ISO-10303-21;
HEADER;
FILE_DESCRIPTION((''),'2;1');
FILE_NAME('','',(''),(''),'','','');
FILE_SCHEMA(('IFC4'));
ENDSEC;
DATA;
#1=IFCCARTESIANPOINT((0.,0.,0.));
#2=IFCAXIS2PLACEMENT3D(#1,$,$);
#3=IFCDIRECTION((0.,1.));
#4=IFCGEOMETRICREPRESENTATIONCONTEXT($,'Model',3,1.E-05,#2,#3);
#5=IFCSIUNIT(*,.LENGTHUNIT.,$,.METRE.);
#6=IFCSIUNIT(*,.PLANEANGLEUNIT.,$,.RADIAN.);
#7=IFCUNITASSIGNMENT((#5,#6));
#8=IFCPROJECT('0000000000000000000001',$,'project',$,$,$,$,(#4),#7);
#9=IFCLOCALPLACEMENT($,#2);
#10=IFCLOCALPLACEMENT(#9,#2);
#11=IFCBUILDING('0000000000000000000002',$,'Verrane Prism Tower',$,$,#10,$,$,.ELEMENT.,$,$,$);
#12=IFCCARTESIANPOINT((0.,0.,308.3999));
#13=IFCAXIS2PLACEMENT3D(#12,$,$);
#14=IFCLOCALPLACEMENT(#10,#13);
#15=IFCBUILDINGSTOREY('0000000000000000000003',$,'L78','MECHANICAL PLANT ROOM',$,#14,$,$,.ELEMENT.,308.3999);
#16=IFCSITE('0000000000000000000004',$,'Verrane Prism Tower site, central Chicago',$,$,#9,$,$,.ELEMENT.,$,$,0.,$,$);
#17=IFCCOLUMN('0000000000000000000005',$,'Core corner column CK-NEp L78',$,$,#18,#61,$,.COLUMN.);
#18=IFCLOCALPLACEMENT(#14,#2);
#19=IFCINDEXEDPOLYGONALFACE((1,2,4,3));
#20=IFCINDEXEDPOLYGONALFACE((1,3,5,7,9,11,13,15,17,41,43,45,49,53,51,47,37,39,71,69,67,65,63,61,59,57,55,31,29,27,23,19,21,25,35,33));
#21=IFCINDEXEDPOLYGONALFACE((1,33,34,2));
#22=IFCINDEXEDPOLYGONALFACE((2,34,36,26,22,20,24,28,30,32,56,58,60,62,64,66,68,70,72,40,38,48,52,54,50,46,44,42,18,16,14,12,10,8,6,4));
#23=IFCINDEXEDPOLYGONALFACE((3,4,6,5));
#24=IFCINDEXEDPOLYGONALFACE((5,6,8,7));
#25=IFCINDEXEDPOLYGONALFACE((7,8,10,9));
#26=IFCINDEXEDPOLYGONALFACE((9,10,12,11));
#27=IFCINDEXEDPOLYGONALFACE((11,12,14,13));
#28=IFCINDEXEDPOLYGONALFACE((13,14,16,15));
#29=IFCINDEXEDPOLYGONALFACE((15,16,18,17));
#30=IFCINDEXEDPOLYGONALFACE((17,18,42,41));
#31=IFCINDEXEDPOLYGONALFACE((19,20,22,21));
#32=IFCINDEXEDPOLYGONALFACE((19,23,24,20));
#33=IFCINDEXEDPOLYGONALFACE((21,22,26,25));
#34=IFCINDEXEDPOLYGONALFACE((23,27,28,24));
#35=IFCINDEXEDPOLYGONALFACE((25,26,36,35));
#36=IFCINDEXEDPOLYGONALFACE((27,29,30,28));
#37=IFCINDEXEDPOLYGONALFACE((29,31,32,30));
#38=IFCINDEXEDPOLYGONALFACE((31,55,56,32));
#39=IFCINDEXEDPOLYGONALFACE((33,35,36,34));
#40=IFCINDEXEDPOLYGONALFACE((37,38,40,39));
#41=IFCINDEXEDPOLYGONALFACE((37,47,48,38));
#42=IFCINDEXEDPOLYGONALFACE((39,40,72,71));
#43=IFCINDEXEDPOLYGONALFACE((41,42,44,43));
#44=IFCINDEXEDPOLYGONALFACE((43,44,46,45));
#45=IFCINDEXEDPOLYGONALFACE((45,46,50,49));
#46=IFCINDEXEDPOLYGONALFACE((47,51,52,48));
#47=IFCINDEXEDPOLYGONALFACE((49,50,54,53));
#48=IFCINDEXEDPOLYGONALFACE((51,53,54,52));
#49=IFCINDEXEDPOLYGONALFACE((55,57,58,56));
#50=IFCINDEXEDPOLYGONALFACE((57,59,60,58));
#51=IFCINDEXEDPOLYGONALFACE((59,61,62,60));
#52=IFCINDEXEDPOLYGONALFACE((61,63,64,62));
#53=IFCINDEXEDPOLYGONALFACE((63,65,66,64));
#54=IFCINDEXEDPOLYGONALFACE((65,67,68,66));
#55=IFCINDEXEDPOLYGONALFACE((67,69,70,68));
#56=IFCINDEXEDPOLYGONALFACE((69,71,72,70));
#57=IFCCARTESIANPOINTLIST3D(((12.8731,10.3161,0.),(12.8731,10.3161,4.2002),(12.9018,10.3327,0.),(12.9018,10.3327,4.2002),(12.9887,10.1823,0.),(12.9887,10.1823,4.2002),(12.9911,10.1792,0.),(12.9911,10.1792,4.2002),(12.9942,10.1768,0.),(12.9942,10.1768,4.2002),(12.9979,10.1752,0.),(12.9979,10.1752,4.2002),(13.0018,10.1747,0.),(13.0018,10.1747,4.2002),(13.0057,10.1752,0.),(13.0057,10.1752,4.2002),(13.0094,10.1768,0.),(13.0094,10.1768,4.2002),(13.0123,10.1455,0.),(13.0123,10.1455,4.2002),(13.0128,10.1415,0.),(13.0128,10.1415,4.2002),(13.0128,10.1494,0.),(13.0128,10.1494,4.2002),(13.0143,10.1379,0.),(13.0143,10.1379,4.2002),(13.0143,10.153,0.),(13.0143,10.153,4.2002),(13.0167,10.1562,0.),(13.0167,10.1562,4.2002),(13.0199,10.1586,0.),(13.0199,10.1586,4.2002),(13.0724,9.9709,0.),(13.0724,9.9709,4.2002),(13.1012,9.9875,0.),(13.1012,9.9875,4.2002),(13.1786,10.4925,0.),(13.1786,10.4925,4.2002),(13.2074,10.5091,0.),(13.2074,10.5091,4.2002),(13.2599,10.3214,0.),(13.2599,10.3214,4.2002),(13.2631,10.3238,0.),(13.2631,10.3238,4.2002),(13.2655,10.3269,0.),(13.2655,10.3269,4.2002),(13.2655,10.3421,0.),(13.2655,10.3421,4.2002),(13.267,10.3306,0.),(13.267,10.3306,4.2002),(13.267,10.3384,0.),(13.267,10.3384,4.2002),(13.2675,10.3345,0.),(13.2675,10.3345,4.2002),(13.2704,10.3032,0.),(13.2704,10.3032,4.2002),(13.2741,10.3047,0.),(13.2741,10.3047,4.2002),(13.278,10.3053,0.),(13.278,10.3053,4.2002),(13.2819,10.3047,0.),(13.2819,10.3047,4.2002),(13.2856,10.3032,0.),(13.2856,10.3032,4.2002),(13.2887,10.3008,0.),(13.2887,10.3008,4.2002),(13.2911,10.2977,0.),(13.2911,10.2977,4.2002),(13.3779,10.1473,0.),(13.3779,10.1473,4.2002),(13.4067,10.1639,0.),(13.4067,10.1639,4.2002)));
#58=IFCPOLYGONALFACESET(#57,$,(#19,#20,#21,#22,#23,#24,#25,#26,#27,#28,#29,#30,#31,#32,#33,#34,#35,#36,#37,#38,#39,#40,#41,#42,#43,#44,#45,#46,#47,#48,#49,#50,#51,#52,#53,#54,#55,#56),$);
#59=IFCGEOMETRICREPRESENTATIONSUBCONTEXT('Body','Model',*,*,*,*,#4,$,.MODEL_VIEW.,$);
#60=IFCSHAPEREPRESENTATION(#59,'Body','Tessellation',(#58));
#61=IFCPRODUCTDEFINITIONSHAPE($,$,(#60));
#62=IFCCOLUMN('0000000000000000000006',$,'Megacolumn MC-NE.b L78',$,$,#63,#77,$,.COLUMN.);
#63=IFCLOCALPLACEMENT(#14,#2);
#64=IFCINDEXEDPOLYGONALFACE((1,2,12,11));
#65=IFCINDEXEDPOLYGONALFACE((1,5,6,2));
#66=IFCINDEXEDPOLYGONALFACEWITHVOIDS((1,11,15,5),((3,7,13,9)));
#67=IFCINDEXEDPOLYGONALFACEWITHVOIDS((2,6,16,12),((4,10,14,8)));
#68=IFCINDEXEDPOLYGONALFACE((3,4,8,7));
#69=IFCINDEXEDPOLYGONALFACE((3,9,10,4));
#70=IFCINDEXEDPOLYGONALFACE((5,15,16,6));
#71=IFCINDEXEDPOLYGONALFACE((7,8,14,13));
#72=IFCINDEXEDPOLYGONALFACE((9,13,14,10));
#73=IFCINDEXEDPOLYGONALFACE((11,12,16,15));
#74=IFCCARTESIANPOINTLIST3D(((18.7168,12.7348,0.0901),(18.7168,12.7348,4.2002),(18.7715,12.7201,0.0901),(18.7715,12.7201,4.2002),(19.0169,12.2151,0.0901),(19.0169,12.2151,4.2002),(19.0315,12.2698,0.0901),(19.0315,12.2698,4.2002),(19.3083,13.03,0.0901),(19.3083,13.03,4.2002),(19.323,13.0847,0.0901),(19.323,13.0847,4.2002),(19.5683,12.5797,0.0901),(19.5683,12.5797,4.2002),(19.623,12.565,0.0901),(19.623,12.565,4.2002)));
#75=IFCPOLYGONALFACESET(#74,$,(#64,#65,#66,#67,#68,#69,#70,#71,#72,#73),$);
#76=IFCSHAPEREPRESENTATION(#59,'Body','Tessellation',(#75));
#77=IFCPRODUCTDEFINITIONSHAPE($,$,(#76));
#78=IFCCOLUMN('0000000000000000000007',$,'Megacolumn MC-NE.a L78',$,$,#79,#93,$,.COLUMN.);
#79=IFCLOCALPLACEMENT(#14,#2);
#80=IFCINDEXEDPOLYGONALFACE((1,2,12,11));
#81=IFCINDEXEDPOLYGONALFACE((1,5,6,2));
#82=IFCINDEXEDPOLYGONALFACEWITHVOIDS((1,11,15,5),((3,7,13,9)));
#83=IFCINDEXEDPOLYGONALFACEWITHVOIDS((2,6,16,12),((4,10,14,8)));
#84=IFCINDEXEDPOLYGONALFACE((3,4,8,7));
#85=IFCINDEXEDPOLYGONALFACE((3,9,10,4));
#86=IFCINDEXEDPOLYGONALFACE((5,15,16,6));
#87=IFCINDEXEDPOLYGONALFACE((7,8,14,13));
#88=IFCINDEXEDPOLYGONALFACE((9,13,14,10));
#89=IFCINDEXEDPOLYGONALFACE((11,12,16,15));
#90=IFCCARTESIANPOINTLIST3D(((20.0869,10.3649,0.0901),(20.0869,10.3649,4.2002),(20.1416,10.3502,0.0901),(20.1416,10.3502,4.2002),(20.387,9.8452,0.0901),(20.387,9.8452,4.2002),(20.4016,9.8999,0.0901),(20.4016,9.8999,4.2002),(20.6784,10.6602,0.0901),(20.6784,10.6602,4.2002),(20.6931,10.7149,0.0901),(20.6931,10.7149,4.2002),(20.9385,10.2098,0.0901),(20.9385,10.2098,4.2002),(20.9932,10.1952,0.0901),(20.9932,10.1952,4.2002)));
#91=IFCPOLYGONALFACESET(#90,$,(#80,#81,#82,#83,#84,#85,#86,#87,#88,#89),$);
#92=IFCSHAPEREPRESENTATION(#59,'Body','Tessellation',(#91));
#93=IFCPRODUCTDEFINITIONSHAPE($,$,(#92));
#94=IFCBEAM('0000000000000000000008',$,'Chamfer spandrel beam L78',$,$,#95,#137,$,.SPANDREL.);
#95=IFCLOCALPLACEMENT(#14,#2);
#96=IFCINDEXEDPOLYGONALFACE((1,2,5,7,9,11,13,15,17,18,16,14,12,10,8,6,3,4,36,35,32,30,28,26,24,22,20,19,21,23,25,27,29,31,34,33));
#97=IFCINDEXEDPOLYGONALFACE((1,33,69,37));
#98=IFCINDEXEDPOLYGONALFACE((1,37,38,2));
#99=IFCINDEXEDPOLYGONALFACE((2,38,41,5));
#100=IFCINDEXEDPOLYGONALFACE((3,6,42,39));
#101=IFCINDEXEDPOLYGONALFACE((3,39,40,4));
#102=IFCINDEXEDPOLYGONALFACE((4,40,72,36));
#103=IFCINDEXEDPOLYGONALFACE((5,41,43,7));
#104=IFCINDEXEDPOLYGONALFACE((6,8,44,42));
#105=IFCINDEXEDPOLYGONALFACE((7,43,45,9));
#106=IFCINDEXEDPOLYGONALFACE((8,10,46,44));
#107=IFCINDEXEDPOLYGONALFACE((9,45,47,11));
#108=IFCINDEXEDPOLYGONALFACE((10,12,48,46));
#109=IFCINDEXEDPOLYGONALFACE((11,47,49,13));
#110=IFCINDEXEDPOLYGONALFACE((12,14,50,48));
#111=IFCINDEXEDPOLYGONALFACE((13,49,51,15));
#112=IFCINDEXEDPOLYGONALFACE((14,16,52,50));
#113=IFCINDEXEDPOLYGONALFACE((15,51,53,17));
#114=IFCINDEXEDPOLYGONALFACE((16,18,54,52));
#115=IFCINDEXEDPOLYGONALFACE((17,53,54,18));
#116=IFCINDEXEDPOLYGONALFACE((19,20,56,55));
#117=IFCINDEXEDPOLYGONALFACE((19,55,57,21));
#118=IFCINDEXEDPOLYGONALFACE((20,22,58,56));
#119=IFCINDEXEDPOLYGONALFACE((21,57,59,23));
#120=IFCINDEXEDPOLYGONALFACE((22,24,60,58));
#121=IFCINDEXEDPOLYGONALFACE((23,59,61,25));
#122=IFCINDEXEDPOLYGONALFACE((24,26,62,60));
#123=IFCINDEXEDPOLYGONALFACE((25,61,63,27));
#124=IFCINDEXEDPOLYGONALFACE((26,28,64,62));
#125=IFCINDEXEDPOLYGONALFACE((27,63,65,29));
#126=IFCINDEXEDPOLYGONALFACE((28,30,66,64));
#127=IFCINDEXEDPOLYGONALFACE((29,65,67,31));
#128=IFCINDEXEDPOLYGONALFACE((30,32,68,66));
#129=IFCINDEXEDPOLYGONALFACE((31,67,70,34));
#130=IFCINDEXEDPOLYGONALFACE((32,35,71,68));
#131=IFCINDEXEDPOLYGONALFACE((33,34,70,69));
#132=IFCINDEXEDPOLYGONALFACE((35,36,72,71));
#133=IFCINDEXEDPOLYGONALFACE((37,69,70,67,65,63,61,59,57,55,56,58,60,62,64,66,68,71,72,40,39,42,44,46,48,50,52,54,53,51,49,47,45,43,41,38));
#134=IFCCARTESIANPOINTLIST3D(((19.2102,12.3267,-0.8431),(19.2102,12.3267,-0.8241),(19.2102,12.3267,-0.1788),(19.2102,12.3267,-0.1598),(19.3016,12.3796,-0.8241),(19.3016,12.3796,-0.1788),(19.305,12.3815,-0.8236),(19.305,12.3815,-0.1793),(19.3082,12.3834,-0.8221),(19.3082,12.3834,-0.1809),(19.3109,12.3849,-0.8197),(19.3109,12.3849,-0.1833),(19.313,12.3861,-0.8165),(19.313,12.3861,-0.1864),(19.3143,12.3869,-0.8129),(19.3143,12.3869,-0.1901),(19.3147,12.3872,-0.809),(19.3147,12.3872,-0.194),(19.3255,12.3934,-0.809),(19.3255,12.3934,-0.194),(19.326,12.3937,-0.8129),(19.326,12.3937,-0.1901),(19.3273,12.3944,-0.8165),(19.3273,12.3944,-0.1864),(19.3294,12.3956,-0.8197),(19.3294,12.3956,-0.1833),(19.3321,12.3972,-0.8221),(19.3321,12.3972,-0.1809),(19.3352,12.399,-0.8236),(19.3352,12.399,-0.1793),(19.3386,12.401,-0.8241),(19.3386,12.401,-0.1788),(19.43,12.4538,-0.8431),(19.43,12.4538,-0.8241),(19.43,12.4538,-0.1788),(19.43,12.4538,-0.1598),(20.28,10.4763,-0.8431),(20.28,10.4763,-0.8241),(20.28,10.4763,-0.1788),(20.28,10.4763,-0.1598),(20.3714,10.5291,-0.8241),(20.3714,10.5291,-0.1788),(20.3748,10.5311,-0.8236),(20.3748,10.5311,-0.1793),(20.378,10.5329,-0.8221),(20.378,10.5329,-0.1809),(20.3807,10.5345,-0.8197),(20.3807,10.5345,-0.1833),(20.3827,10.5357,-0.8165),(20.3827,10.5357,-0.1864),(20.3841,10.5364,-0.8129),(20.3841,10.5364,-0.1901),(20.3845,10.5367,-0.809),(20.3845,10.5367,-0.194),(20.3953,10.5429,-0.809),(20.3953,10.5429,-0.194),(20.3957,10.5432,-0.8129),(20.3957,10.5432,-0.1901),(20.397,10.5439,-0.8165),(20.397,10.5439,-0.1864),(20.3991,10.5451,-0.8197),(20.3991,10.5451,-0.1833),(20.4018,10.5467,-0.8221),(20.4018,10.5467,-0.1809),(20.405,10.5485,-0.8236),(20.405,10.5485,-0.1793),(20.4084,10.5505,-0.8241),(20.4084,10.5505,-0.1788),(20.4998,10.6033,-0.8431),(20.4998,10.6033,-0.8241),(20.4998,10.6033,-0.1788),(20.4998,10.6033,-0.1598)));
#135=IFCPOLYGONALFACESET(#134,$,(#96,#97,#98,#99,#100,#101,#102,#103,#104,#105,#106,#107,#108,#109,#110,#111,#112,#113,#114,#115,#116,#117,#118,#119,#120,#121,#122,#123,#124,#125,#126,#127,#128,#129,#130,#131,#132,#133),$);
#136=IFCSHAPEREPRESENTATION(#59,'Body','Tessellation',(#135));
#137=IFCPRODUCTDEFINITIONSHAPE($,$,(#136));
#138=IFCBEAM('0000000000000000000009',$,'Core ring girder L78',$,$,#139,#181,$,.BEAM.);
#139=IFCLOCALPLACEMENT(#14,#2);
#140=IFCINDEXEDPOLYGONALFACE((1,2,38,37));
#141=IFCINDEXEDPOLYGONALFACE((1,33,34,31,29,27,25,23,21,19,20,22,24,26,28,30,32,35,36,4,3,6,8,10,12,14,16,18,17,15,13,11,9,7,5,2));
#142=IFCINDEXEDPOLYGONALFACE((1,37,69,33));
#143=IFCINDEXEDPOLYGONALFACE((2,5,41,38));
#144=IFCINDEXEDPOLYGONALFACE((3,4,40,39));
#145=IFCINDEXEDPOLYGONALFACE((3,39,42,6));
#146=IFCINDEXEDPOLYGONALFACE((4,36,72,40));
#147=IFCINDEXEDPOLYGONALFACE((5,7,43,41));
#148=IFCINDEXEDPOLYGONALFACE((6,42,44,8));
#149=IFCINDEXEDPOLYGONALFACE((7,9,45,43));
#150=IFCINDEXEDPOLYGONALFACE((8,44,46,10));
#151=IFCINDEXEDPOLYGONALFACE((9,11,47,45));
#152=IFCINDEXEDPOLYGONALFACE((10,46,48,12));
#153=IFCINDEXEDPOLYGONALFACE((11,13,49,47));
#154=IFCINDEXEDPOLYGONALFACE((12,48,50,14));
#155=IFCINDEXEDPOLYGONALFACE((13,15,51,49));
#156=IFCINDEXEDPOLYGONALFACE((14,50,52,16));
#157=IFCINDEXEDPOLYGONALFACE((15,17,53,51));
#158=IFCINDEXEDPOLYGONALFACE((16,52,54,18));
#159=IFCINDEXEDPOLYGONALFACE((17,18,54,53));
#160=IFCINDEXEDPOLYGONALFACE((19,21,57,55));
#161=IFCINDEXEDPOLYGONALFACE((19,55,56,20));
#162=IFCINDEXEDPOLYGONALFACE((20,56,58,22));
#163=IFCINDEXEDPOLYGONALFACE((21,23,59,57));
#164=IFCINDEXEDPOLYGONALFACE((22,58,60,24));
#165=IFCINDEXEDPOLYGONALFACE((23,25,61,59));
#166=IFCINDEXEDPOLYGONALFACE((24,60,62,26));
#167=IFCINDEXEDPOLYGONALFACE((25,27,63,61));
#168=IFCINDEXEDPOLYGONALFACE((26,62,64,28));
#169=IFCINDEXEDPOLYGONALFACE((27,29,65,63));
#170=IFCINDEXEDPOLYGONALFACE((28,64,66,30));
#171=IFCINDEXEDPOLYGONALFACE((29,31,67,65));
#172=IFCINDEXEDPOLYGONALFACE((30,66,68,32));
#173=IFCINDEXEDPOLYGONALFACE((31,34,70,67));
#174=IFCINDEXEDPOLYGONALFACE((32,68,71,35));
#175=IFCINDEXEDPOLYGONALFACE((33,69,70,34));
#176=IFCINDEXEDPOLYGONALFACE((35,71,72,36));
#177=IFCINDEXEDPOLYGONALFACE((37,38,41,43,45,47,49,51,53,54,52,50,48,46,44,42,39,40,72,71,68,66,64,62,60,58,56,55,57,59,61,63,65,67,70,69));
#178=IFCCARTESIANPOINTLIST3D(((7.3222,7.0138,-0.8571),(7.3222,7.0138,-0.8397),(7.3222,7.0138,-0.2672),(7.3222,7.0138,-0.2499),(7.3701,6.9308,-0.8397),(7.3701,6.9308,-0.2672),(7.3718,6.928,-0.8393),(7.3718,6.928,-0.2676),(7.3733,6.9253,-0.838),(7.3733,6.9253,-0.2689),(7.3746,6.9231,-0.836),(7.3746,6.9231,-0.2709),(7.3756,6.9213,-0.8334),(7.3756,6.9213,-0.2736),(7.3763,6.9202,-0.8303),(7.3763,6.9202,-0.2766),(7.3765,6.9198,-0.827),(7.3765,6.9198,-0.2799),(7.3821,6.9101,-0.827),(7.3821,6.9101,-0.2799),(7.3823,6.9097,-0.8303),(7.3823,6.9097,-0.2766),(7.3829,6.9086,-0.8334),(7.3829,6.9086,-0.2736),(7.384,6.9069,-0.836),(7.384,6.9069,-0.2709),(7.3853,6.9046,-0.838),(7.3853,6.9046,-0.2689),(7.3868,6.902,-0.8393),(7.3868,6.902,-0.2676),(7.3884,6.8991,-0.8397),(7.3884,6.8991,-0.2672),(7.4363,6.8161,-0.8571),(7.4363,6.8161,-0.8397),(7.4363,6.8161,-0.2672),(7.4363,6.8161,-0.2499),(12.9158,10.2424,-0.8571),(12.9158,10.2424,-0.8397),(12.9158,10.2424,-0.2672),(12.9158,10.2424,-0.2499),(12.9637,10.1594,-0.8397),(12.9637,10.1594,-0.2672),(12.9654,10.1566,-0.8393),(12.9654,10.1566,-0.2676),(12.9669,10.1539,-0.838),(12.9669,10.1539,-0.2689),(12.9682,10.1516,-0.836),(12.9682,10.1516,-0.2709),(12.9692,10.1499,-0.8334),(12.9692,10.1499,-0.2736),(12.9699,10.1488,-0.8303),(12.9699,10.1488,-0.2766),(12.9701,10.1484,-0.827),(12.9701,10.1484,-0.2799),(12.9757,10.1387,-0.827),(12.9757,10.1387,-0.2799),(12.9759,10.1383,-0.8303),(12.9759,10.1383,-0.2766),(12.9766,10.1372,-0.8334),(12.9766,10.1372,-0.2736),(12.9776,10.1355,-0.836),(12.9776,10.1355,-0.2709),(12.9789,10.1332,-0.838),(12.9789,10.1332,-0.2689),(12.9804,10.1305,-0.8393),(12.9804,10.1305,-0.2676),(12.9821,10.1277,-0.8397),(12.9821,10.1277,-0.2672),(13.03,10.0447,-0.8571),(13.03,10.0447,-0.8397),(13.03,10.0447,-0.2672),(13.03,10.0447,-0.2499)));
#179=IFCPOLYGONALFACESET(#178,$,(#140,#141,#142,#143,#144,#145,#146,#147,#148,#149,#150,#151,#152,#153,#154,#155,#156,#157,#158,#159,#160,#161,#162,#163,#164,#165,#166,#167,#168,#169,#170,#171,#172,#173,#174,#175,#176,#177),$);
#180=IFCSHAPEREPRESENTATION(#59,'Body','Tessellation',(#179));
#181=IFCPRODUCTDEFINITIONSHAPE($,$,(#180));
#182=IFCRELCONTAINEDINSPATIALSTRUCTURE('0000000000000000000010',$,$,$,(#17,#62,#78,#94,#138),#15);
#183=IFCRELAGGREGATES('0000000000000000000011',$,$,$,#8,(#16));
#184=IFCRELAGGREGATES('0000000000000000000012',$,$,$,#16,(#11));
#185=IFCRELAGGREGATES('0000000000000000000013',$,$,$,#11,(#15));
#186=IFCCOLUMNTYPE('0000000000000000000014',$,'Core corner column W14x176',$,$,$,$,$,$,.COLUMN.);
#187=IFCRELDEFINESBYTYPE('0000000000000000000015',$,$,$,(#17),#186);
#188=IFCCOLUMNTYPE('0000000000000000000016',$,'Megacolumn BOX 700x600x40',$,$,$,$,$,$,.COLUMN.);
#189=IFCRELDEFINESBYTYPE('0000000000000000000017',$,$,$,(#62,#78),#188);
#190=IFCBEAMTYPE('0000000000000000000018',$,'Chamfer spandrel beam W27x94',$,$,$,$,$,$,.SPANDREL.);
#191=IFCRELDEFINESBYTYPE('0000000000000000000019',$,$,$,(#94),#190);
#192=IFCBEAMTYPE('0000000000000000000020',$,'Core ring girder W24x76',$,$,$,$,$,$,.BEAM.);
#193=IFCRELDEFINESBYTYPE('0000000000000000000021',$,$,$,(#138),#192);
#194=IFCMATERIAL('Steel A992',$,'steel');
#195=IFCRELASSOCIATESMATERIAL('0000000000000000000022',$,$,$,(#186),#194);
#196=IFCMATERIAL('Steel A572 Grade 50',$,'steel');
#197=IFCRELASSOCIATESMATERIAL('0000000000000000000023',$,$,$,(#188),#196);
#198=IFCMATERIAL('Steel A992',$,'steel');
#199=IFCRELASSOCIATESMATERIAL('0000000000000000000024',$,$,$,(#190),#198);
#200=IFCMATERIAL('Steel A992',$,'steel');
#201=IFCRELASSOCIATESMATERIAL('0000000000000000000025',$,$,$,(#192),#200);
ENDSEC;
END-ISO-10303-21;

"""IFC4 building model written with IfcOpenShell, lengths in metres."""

from ifc_helpers import new_model, si_unit, direction, frame, origin, origin_2d, place, context, subcontext, project, spatial, hollow_rectangle, i_section, extrude, material, material_profile, profile_set, type_object, element, save


model = new_model("IFC4")

# Units and contexts
model_context = context("Model", 3, precision=1e-05, world=origin(), true_north=direction((0.0, 1.0)))
body_context = subcontext(model_context, "Body", "Model", "MODEL_VIEW")
ifc_project = project(units=[si_unit("LENGTHUNIT", "METRE"), si_unit("PLANEANGLEUNIT", "RADIAN")], contexts=[model_context])

# Site, building, storey
site_placement = place(None, origin())
site = spatial("IfcSite", under=ifc_project, at=site_placement, Name="Verrane Prism Tower site, central Chicago", CompositionType="ELEMENT", RefElevation=0.0)
building_placement = place(site_placement, origin())
building = spatial("IfcBuilding", under=site, at=building_placement, Name="Verrane Prism Tower", CompositionType="ELEMENT")
storey_placement = place(building_placement, frame((0.0, 0.0, 308.3999)))
storey = spatial("IfcBuildingStorey", under=building, at=storey_placement, Name="L78", Description="MECHANICAL PLANT ROOM", CompositionType="ELEMENT", Elevation=308.3999)

# Columns
ifc_material_1 = material(Name="Steel A992", Category="steel")
ifc_material_profile_1 = material_profile(ifc_material_1, i_section(OverallWidth=0.3987, OverallDepth=0.386, WebThickness=0.021, FlangeThickness=0.0332, FilletRadius=0.0151, at=origin_2d()), Name="W14x176")
ifc_profile_set_1 = profile_set([ifc_material_profile_1], Name="Steel A992")
column_type_1 = type_object("IfcColumnType", Name="Core corner column W14x176", PredefinedType="COLUMN", material=ifc_profile_set_1)
column_placement = place(storey_placement, frame((13.1399, 10.24, 0.0), z_axis=(0.0, 0.0, 1.0), x_axis=(0.5, -0.866025, 0.0)))
element("IfcColumn", 1, at=column_placement, inside=storey, type_object=column_type_1, Name="Core corner column CK-NEp L78", PredefinedType="COLUMN", context=body_context, shape_type="SweptSolid", body=[
    extrude(i_section(OverallWidth=0.3987, OverallDepth=0.386, WebThickness=0.021, FlangeThickness=0.0332, FilletRadius=0.0151, at=origin_2d()), origin(), (0.0, 0.0, 1.0), 4.2002),
])
ifc_material_2 = material(Name="Steel A572 Grade 50", Category="steel")
ifc_material_profile_2 = material_profile(ifc_material_2, hollow_rectangle(XDim=0.6001, YDim=0.7, WallThickness=0.04, at=origin_2d()), Name="BOX 700x600x40")
ifc_profile_set_2 = profile_set([ifc_material_profile_2], Name="Steel A572 Grade 50")
column_type_2 = type_object("IfcColumnType", Name="Megacolumn BOX 700x600x40", PredefinedType="COLUMN", material=ifc_profile_set_2)
for number, where, z_axis, x_axis, name in (
    (2, (19.1699, 12.6499, 0.0901), (0.0, 0.0, 1.0), (0.5, -0.866025, 0.0), "Megacolumn MC-NE.b L78"),
    (3, (20.54, 10.28, 0.0901), (0.0, 0.0, 1.0), (0.5, -0.866025, 0.0), "Megacolumn MC-NE.a L78"),
):
    element("IfcColumn", number, at=place(storey_placement, frame(where, z_axis=z_axis, x_axis=x_axis)), inside=storey, type_object=column_type_2, Name=name, PredefinedType="COLUMN", context=body_context, shape_type="SweptSolid", body=[
        extrude(hollow_rectangle(XDim=0.6001, YDim=0.7, WallThickness=0.04, at=origin_2d()), origin(), (0.0, 0.0, 1.0), 4.1101),
    ])

# Beams
ifc_material_3 = material(Name="Steel A992", Category="steel")
ifc_material_profile_3 = material_profile(ifc_material_3, i_section(OverallWidth=0.2539, OverallDepth=0.6833, WebThickness=0.0125, FlangeThickness=0.019, FilletRadius=0.0151, at=origin_2d()), Name="W27x94")
ifc_profile_set_3 = profile_set([ifc_material_profile_3], Name="Steel A992")
beam_type_1 = type_object("IfcBeamType", Name="Chamfer spandrel beam W27x94", PredefinedType="SPANDREL", material=ifc_profile_set_3)
beam_1_placement = place(storey_placement, frame((20.3899, 10.5398, -0.5015), z_axis=(-0.500487, 0.865744, 0.0), x_axis=(-0.865744, -0.500487, 0.0)))
element("IfcBeam", 4, at=beam_1_placement, inside=storey, type_object=beam_type_1, Name="Chamfer spandrel beam L78", PredefinedType="SPANDREL", context=body_context, shape_type="SweptSolid", body=[
    extrude(i_section(OverallWidth=0.2539, OverallDepth=0.6833, WebThickness=0.0125, FlangeThickness=0.019, FilletRadius=0.0151, at=origin_2d()), origin(), (0.0, 0.0, 1.0), 2.1375),
])
ifc_material_4 = material(Name="Steel A992", Category="steel")
ifc_material_profile_4 = material_profile(ifc_material_4, i_section(OverallWidth=0.2283, OverallDepth=0.6072, WebThickness=0.0112, FlangeThickness=0.0173, FilletRadius=0.0127, at=origin_2d()), Name="W24x76")
ifc_profile_set_4 = profile_set([ifc_material_profile_4], Name="Steel A992")
beam_type_2 = type_object("IfcBeamType", Name="Core ring girder W24x76", PredefinedType="BEAM", material=ifc_profile_set_4)
beam_2_placement = place(storey_placement, frame((12.9729, 10.1436, -0.5535), z_axis=(-0.866086, -0.499896, 0.0), x_axis=(0.499896, -0.866086, 0.0)))
element("IfcBeam", 5, at=beam_2_placement, inside=storey, type_object=beam_type_2, Name="Core ring girder L78", PredefinedType="BEAM", context=body_context, shape_type="SweptSolid", body=[
    extrude(i_section(OverallWidth=0.2283, OverallDepth=0.6072, WebThickness=0.0112, FlangeThickness=0.0173, FilletRadius=0.0127, at=origin_2d()), origin(), (0.0, 0.0, 1.0), 6.4585),
])

save(model, "model.ifc")
